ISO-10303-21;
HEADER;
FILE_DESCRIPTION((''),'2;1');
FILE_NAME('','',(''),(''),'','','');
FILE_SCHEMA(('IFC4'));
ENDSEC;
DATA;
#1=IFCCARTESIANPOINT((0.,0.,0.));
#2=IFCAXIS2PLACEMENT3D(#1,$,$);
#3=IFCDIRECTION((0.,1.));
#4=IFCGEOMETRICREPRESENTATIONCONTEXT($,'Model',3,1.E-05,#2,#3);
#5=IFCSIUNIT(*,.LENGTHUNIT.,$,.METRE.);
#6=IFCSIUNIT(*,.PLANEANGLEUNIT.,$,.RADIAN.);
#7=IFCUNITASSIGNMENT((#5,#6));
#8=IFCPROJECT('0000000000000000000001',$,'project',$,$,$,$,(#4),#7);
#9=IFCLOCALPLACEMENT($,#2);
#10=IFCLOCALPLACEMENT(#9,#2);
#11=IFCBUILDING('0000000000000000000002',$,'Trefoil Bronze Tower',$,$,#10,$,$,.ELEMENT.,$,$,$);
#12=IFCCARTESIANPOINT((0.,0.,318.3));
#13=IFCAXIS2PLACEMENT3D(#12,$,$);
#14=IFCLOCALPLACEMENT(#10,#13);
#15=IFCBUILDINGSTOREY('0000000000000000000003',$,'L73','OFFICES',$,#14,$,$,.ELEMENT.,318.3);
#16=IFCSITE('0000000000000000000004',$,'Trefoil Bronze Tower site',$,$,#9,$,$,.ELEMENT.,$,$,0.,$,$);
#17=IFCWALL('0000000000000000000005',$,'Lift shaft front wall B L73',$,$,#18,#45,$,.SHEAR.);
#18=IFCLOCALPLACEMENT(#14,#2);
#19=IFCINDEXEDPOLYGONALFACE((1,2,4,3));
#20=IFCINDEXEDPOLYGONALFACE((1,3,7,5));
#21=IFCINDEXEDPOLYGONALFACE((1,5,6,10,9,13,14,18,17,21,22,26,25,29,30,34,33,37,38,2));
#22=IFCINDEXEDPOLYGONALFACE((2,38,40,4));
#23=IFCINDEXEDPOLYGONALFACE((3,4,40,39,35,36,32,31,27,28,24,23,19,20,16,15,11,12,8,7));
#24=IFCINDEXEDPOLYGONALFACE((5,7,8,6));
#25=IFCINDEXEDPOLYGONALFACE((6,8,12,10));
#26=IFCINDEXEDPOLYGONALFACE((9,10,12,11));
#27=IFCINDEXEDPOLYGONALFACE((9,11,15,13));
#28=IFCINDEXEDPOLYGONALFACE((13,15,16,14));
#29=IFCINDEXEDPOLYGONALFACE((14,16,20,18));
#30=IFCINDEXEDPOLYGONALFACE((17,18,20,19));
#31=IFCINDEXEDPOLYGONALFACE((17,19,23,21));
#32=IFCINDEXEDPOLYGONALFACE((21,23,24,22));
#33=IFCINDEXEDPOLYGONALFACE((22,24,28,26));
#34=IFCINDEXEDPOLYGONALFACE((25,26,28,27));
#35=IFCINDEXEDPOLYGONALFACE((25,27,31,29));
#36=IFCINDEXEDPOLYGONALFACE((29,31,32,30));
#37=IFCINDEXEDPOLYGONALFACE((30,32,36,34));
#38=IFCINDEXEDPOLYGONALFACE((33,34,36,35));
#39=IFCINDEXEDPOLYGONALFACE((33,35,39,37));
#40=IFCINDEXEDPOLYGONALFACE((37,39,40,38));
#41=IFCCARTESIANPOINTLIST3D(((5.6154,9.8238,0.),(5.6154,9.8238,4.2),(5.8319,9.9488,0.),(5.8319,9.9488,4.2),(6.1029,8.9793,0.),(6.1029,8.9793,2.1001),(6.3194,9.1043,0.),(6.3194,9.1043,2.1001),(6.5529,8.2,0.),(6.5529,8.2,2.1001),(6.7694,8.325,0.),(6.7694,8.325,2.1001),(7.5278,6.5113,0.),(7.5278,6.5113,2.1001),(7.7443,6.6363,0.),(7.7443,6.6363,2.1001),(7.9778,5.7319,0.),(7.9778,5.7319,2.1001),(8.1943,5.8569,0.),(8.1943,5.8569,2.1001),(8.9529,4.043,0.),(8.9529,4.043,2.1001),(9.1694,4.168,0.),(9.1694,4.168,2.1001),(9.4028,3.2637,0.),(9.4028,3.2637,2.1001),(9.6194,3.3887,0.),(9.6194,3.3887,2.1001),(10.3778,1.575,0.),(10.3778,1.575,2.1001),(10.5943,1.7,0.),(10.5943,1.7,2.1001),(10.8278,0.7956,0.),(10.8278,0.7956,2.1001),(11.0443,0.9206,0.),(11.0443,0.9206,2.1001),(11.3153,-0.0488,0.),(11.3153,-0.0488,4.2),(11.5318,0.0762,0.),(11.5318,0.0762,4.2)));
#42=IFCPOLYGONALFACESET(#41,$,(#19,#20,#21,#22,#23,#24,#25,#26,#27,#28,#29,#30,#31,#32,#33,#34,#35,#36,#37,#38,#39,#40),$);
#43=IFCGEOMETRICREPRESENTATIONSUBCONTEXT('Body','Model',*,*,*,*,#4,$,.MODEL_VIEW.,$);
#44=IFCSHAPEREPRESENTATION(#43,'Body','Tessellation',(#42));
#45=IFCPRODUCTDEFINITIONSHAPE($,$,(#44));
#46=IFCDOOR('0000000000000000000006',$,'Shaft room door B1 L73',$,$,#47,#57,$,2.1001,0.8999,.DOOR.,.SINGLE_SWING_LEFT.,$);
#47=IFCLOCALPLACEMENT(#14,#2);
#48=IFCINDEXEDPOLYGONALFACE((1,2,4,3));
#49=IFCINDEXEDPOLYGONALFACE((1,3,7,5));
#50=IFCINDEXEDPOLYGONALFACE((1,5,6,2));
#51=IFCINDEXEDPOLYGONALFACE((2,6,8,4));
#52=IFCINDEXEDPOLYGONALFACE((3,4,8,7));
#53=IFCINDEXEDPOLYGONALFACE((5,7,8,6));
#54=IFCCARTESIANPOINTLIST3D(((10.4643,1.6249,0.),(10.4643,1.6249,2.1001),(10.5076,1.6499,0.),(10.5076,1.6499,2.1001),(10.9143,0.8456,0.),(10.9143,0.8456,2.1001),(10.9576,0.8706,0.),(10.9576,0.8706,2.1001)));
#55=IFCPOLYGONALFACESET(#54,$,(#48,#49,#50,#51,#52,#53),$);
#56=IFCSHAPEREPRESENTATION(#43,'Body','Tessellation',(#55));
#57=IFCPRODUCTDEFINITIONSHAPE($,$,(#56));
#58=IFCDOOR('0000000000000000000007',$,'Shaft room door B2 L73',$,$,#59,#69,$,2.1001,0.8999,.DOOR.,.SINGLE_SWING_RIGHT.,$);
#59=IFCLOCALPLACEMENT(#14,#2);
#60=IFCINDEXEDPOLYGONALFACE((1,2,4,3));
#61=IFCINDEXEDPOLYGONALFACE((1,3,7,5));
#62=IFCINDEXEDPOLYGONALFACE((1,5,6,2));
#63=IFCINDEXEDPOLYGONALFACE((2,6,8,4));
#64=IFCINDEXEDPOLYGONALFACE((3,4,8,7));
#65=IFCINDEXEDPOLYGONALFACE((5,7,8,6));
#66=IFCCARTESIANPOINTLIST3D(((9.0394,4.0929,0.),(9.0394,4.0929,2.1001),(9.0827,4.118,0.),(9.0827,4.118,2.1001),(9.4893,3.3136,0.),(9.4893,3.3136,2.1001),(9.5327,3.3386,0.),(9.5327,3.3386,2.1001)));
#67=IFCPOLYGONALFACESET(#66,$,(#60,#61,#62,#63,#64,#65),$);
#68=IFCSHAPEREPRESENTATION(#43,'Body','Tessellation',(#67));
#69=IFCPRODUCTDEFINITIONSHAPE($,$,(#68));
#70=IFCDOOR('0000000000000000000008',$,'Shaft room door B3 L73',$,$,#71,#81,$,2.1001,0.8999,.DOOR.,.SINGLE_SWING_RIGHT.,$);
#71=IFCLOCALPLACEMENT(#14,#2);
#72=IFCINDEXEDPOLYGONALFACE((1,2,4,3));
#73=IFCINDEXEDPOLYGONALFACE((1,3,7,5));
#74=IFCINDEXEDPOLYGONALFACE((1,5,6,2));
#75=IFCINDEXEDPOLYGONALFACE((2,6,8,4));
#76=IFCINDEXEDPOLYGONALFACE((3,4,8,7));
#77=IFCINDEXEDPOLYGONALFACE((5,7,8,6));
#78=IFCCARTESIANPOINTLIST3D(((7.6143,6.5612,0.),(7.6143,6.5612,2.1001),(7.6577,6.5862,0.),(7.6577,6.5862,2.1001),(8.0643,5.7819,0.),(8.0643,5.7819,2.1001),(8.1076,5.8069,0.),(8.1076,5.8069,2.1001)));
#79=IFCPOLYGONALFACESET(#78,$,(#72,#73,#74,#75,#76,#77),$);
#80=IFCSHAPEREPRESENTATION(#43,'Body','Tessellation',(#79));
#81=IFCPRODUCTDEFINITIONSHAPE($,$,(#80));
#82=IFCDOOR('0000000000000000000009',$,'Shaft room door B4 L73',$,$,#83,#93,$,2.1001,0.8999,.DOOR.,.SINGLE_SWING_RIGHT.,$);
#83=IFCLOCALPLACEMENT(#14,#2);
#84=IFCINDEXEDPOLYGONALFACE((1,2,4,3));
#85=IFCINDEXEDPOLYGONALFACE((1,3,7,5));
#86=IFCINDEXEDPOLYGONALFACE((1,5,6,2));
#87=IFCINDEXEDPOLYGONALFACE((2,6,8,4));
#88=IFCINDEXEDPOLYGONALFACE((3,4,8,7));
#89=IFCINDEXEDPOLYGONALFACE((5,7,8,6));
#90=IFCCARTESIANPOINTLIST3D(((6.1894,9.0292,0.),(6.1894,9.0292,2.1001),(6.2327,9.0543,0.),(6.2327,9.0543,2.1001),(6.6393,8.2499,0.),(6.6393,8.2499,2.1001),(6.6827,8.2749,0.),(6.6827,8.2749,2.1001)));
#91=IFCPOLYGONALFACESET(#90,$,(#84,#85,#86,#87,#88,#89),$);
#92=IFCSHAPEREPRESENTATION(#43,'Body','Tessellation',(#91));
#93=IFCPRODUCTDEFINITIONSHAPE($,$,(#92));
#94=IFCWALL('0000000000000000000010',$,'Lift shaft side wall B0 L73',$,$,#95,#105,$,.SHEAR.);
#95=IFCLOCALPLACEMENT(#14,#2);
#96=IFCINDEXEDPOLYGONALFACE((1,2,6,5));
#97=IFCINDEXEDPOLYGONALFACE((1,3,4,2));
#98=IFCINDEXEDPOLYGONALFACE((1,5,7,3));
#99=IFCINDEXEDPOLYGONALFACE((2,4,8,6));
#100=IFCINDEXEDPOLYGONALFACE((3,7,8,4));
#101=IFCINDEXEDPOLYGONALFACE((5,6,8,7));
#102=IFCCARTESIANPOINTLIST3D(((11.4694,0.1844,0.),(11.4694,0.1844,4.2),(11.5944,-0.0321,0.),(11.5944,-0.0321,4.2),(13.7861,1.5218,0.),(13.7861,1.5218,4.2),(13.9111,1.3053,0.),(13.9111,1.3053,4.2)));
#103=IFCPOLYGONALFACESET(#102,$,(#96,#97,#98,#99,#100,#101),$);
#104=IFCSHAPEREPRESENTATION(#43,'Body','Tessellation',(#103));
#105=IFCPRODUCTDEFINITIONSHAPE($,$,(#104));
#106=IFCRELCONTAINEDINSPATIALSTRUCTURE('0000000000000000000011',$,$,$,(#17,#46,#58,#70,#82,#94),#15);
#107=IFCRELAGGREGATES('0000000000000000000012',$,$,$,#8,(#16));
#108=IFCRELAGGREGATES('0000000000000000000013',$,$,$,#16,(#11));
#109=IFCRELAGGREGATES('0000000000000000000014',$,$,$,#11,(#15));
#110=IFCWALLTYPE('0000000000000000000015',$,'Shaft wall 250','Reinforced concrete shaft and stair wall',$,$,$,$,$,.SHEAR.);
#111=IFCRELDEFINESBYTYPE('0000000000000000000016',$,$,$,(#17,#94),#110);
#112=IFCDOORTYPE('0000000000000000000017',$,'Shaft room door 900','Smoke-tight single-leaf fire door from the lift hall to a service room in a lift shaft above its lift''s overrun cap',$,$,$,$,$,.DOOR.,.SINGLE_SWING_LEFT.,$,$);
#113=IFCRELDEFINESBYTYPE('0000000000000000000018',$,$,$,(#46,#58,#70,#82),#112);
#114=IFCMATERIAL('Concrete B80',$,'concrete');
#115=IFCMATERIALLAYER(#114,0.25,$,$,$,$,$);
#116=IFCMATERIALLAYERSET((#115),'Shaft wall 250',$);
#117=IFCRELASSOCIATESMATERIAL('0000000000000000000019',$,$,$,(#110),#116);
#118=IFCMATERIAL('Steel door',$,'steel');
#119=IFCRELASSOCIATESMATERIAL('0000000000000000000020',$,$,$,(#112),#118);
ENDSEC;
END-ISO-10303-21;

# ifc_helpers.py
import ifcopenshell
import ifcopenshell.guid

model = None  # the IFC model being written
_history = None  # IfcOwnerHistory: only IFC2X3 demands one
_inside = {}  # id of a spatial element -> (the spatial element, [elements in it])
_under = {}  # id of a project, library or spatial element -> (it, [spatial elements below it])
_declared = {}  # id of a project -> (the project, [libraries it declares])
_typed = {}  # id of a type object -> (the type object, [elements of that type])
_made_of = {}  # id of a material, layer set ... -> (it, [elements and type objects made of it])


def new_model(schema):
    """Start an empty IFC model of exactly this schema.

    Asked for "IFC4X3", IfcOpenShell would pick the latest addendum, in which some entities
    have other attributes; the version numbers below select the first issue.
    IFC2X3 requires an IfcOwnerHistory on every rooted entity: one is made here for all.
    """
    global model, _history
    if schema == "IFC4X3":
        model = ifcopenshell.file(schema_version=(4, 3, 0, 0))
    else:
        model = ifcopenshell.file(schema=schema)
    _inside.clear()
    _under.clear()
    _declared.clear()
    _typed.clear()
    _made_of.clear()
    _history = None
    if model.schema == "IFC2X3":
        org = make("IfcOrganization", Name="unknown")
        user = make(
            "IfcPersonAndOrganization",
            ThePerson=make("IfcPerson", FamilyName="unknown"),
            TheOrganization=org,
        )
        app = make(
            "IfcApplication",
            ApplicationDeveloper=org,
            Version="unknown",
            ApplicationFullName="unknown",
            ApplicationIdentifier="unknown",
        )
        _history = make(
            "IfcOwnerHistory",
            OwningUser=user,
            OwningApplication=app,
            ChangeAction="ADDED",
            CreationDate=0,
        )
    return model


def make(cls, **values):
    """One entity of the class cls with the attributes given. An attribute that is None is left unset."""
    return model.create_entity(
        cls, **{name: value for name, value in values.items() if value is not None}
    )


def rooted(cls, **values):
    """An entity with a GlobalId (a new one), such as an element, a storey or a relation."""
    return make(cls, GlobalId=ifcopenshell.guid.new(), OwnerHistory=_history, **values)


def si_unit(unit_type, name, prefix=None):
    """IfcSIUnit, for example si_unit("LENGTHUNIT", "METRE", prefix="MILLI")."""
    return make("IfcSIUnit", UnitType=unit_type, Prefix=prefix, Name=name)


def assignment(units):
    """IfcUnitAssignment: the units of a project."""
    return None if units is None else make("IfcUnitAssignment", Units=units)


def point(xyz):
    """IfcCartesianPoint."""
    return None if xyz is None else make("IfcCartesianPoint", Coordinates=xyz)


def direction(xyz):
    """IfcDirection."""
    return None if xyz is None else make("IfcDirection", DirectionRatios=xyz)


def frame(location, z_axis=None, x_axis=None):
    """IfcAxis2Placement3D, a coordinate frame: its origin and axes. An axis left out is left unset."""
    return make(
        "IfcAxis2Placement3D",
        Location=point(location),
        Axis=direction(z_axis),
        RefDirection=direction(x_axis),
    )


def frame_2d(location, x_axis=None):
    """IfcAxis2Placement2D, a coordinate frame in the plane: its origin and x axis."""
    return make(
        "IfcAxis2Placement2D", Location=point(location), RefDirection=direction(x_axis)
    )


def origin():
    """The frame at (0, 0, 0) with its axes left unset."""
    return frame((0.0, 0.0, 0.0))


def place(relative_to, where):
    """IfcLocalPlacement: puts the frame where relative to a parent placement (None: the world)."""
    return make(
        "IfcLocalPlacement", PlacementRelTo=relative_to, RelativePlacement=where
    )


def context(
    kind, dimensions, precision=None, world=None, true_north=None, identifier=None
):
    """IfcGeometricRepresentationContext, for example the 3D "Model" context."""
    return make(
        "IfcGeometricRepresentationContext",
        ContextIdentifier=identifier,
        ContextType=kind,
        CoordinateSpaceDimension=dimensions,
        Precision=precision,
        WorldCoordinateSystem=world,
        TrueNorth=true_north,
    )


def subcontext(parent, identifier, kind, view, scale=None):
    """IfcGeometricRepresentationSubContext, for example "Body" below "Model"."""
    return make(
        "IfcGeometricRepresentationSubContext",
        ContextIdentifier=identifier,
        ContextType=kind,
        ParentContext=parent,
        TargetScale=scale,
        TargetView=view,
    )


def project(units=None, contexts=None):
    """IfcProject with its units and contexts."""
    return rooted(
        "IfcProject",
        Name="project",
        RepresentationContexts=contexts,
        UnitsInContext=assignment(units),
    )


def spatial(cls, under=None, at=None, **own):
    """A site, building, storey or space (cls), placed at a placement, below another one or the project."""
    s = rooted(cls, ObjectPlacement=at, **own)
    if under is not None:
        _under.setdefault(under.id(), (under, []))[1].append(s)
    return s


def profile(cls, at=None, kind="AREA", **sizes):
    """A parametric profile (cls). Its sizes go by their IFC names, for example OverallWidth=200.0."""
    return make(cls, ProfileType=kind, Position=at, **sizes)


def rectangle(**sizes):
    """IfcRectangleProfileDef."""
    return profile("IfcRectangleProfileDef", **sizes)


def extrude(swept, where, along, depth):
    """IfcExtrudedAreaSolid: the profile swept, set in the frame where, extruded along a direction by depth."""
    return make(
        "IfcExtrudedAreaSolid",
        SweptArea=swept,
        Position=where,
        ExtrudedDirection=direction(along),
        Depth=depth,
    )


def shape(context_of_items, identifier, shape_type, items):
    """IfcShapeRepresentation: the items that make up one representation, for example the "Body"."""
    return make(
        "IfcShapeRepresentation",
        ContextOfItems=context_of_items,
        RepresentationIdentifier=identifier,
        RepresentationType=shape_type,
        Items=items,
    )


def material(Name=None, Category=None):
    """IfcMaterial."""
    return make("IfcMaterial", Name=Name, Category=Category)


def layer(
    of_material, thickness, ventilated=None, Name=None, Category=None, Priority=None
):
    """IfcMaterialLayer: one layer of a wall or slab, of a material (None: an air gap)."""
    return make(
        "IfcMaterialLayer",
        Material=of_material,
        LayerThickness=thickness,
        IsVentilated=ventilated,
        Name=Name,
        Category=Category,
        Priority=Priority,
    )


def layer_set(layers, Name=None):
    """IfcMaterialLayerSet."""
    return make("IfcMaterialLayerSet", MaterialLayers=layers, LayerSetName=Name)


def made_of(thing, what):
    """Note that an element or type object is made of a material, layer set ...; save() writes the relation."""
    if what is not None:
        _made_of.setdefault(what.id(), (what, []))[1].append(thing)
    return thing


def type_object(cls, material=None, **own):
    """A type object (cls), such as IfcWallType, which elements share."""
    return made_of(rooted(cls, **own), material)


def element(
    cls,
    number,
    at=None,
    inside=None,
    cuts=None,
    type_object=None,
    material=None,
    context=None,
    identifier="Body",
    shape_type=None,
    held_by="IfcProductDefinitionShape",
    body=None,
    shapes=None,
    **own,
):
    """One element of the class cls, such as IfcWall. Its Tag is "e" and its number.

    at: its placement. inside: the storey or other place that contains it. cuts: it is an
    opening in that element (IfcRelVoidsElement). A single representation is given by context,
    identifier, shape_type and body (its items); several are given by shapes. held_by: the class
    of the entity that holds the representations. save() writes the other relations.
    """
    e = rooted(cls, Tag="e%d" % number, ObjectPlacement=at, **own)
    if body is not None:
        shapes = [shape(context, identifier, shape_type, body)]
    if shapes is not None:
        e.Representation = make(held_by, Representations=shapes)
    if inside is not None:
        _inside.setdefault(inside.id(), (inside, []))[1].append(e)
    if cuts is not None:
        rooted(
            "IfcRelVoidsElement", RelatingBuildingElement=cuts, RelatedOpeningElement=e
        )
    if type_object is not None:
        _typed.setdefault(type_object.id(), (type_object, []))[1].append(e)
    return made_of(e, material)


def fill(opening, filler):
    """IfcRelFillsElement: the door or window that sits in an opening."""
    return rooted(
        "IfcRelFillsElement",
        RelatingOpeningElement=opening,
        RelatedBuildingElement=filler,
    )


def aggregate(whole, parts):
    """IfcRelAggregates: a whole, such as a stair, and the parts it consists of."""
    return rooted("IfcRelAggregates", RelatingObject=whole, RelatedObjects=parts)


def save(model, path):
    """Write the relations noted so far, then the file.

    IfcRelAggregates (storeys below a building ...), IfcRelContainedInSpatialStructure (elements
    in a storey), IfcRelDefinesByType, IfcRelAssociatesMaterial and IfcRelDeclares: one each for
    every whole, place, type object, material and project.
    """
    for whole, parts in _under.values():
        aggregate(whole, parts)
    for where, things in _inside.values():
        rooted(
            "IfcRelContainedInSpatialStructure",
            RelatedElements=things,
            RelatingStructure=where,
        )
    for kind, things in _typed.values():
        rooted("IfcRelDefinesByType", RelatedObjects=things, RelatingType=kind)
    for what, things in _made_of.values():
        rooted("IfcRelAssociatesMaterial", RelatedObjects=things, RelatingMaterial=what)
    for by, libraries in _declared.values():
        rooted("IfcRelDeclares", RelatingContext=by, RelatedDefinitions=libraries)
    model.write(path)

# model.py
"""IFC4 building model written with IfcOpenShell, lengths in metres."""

from ifc_helpers import new_model, si_unit, direction, frame, frame_2d, origin, place, context, subcontext, project, spatial, rectangle, extrude, material, layer, layer_set, type_object, element, fill, save


model = new_model("IFC4")

# Units and contexts
model_context = context("Model", 3, precision=1e-05, world=origin(), true_north=direction((0.0, 1.0)))
body_context = subcontext(model_context, "Body", "Model", "MODEL_VIEW")
ifc_project = project(units=[si_unit("LENGTHUNIT", "METRE"), si_unit("PLANEANGLEUNIT", "RADIAN")], contexts=[model_context])

# Site, building, storey
site_placement = place(None, origin())
site = spatial("IfcSite", under=ifc_project, at=site_placement, Name="Trefoil Bronze Tower site", CompositionType="ELEMENT", RefElevation=0.0)
building_placement = place(site_placement, origin())
building = spatial("IfcBuilding", under=site, at=building_placement, Name="Trefoil Bronze Tower", CompositionType="ELEMENT")
storey_placement = place(building_placement, frame((0.0, 0.0, 318.3)))
storey = spatial("IfcBuildingStorey", under=building, at=storey_placement, Name="L73", Description="OFFICES", CompositionType="ELEMENT", Elevation=318.3)

# Wall, openings, doors
ifc_material_1 = material(Name="Concrete B80", Category="concrete")
ifc_layer_1 = layer(ifc_material_1, 0.25)
ifc_layer_set_1 = layer_set([ifc_layer_1], Name="Shaft wall 250")
wall_type_1 = type_object("IfcWallType", Name="Shaft wall 250", Description="Reinforced concrete shaft and stair wall", PredefinedType="SHEAR", material=ifc_layer_set_1)
wall_1_placement = place(storey_placement, frame((11.4236, 0.0137, 0.0), z_axis=(0.0, 0.0, 1.0), x_axis=(-0.500002, 0.866024, 0.0)))
wall_1 = element("IfcWall", 1, at=wall_1_placement, inside=storey, type_object=wall_type_1, Name="Lift shaft front wall B L73", PredefinedType="SHEAR", context=body_context, shape_type="SweptSolid", body=[
    extrude(rectangle(XDim=11.3999, YDim=0.25, at=frame_2d((5.7, 0.0))), origin(), (0.0, 0.0, 1.0), 4.2),
])
opening_1_placement = place(wall_1_placement, frame((0.9751, 0.0, 0.0)))
opening_1 = element("IfcOpeningElement", 2, at=opening_1_placement, cuts=wall_1, PredefinedType="OPENING", context=body_context, shape_type="SweptSolid", body=[
    extrude(rectangle(XDim=0.8999, YDim=2.1001, at=frame_2d((0.45, 1.05))), frame((0.0, 0.135, 0.0), z_axis=(0.0, -1.0, 0.0), x_axis=(1.0, 0.0, 0.0)), (0.0, 0.0, 1.0), 0.27),
])
opening_2_placement = place(wall_1_placement, frame((3.825, 0.0, 0.0)))
opening_2 = element("IfcOpeningElement", 3, at=opening_2_placement, cuts=wall_1, PredefinedType="OPENING", context=body_context, shape_type="SweptSolid", body=[
    extrude(rectangle(XDim=0.8999, YDim=2.1001, at=frame_2d((0.45, 1.05))), frame((0.0, 0.135, 0.0), z_axis=(0.0, -1.0, 0.0), x_axis=(1.0, 0.0, 0.0)), (0.0, 0.0, 1.0), 0.27),
])
opening_3_placement = place(wall_1_placement, frame((6.675, 0.0, 0.0)))
opening_3 = element("IfcOpeningElement", 4, at=opening_3_placement, cuts=wall_1, PredefinedType="OPENING", context=body_context, shape_type="SweptSolid", body=[
    extrude(rectangle(XDim=0.8999, YDim=2.1001, at=frame_2d((0.45, 1.05))), frame((0.0, 0.135, 0.0), z_axis=(0.0, -1.0, 0.0), x_axis=(1.0, 0.0, 0.0)), (0.0, 0.0, 1.0), 0.27),
])
opening_4_placement = place(wall_1_placement, frame((9.5249, 0.0, 0.0)))
opening_4 = element("IfcOpeningElement", 5, at=opening_4_placement, cuts=wall_1, PredefinedType="OPENING", context=body_context, shape_type="SweptSolid", body=[
    extrude(rectangle(XDim=0.8999, YDim=2.1001, at=frame_2d((0.45, 1.05))), frame((0.0, 0.135, 0.0), z_axis=(0.0, -1.0, 0.0), x_axis=(1.0, 0.0, 0.0)), (0.0, 0.0, 1.0), 0.27),
])
ifc_material_2 = material(Name="Steel door", Category="steel")
door_type_1 = type_object("IfcDoorType", Name="Shaft room door 900", Description="Smoke-tight single-leaf fire door from the lift hall to a service room in a lift shaft above its lift's overrun cap", OperationType="SINGLE_SWING_LEFT", PredefinedType="DOOR", material=ifc_material_2)
door_1_placement = place(opening_1_placement, frame((0.8999, 0.0, 0.0), z_axis=(0.0, 0.0, 1.0), x_axis=(-1.0, 0.0, 0.0)))
door_1 = element("IfcDoor", 6, at=door_1_placement, inside=storey, type_object=door_type_1, Name="Shaft room door B1 L73", OperationType="SINGLE_SWING_LEFT", OverallHeight=2.1001, OverallWidth=0.8999, PredefinedType="DOOR", context=body_context, shape_type="SweptSolid", body=[
    extrude(rectangle(XDim=0.8999, YDim=2.1001, at=frame_2d((0.45, 1.05))), frame((0.0, 0.0249, 0.0), z_axis=(0.0, -1.0, 0.0), x_axis=(1.0, 0.0, 0.0)), (0.0, 0.0, 1.0), 0.05),
])
fill(opening_1, door_1)
door_2_placement = place(opening_2_placement, frame((0.8999, 0.0, 0.0), z_axis=(0.0, 0.0, 1.0), x_axis=(-1.0, 0.0, 0.0)))
door_2 = element("IfcDoor", 7, at=door_2_placement, inside=storey, type_object=door_type_1, Name="Shaft room door B2 L73", OperationType="SINGLE_SWING_RIGHT", OverallHeight=2.1001, OverallWidth=0.8999, PredefinedType="DOOR", context=body_context, shape_type="SweptSolid", body=[
    extrude(rectangle(XDim=0.8999, YDim=2.1001, at=frame_2d((0.45, 1.05))), frame((0.0, 0.0249, 0.0), z_axis=(0.0, -1.0, 0.0), x_axis=(1.0, 0.0, 0.0)), (0.0, 0.0, 1.0), 0.05),
])
fill(opening_2, door_2)
door_3_placement = place(opening_3_placement, frame((0.8999, 0.0, 0.0), z_axis=(0.0, 0.0, 1.0), x_axis=(-1.0, 0.0, 0.0)))
door_3 = element("IfcDoor", 8, at=door_3_placement, inside=storey, type_object=door_type_1, Name="Shaft room door B3 L73", OperationType="SINGLE_SWING_RIGHT", OverallHeight=2.1001, OverallWidth=0.8999, PredefinedType="DOOR", context=body_context, shape_type="SweptSolid", body=[
    extrude(rectangle(XDim=0.8999, YDim=2.1001, at=frame_2d((0.45, 1.05))), frame((0.0, 0.0249, 0.0), z_axis=(0.0, -1.0, 0.0), x_axis=(1.0, 0.0, 0.0)), (0.0, 0.0, 1.0), 0.05),
])
fill(opening_3, door_3)
door_4_placement = place(opening_4_placement, frame((0.8999, 0.0, 0.0), z_axis=(0.0, 0.0, 1.0), x_axis=(-1.0, 0.0, 0.0)))
door_4 = element("IfcDoor", 9, at=door_4_placement, inside=storey, type_object=door_type_1, Name="Shaft room door B4 L73", OperationType="SINGLE_SWING_RIGHT", OverallHeight=2.1001, OverallWidth=0.8999, PredefinedType="DOOR", context=body_context, shape_type="SweptSolid", body=[
    extrude(rectangle(XDim=0.8999, YDim=2.1001, at=frame_2d((0.45, 1.05))), frame((0.0, 0.0249, 0.0), z_axis=(0.0, -1.0, 0.0), x_axis=(1.0, 0.0, 0.0)), (0.0, 0.0, 1.0), 0.05),
])
fill(opening_4, door_4)

# Wall
wall_2_placement = place(storey_placement, frame((11.532, 0.0762, 0.0), z_axis=(0.0, 0.0, 1.0), x_axis=(0.866044, 0.499967, 0.0)))
element("IfcWall", 10, at=wall_2_placement, inside=storey, type_object=wall_type_1, Name="Lift shaft side wall B0 L73", PredefinedType="SHEAR", context=body_context, shape_type="SweptSolid", body=[
    extrude(rectangle(XDim=2.675, YDim=0.25, at=frame_2d((1.3374, 0.0))), origin(), (0.0, 0.0, 1.0), 4.2),
])

save(model, "model.ifc")
